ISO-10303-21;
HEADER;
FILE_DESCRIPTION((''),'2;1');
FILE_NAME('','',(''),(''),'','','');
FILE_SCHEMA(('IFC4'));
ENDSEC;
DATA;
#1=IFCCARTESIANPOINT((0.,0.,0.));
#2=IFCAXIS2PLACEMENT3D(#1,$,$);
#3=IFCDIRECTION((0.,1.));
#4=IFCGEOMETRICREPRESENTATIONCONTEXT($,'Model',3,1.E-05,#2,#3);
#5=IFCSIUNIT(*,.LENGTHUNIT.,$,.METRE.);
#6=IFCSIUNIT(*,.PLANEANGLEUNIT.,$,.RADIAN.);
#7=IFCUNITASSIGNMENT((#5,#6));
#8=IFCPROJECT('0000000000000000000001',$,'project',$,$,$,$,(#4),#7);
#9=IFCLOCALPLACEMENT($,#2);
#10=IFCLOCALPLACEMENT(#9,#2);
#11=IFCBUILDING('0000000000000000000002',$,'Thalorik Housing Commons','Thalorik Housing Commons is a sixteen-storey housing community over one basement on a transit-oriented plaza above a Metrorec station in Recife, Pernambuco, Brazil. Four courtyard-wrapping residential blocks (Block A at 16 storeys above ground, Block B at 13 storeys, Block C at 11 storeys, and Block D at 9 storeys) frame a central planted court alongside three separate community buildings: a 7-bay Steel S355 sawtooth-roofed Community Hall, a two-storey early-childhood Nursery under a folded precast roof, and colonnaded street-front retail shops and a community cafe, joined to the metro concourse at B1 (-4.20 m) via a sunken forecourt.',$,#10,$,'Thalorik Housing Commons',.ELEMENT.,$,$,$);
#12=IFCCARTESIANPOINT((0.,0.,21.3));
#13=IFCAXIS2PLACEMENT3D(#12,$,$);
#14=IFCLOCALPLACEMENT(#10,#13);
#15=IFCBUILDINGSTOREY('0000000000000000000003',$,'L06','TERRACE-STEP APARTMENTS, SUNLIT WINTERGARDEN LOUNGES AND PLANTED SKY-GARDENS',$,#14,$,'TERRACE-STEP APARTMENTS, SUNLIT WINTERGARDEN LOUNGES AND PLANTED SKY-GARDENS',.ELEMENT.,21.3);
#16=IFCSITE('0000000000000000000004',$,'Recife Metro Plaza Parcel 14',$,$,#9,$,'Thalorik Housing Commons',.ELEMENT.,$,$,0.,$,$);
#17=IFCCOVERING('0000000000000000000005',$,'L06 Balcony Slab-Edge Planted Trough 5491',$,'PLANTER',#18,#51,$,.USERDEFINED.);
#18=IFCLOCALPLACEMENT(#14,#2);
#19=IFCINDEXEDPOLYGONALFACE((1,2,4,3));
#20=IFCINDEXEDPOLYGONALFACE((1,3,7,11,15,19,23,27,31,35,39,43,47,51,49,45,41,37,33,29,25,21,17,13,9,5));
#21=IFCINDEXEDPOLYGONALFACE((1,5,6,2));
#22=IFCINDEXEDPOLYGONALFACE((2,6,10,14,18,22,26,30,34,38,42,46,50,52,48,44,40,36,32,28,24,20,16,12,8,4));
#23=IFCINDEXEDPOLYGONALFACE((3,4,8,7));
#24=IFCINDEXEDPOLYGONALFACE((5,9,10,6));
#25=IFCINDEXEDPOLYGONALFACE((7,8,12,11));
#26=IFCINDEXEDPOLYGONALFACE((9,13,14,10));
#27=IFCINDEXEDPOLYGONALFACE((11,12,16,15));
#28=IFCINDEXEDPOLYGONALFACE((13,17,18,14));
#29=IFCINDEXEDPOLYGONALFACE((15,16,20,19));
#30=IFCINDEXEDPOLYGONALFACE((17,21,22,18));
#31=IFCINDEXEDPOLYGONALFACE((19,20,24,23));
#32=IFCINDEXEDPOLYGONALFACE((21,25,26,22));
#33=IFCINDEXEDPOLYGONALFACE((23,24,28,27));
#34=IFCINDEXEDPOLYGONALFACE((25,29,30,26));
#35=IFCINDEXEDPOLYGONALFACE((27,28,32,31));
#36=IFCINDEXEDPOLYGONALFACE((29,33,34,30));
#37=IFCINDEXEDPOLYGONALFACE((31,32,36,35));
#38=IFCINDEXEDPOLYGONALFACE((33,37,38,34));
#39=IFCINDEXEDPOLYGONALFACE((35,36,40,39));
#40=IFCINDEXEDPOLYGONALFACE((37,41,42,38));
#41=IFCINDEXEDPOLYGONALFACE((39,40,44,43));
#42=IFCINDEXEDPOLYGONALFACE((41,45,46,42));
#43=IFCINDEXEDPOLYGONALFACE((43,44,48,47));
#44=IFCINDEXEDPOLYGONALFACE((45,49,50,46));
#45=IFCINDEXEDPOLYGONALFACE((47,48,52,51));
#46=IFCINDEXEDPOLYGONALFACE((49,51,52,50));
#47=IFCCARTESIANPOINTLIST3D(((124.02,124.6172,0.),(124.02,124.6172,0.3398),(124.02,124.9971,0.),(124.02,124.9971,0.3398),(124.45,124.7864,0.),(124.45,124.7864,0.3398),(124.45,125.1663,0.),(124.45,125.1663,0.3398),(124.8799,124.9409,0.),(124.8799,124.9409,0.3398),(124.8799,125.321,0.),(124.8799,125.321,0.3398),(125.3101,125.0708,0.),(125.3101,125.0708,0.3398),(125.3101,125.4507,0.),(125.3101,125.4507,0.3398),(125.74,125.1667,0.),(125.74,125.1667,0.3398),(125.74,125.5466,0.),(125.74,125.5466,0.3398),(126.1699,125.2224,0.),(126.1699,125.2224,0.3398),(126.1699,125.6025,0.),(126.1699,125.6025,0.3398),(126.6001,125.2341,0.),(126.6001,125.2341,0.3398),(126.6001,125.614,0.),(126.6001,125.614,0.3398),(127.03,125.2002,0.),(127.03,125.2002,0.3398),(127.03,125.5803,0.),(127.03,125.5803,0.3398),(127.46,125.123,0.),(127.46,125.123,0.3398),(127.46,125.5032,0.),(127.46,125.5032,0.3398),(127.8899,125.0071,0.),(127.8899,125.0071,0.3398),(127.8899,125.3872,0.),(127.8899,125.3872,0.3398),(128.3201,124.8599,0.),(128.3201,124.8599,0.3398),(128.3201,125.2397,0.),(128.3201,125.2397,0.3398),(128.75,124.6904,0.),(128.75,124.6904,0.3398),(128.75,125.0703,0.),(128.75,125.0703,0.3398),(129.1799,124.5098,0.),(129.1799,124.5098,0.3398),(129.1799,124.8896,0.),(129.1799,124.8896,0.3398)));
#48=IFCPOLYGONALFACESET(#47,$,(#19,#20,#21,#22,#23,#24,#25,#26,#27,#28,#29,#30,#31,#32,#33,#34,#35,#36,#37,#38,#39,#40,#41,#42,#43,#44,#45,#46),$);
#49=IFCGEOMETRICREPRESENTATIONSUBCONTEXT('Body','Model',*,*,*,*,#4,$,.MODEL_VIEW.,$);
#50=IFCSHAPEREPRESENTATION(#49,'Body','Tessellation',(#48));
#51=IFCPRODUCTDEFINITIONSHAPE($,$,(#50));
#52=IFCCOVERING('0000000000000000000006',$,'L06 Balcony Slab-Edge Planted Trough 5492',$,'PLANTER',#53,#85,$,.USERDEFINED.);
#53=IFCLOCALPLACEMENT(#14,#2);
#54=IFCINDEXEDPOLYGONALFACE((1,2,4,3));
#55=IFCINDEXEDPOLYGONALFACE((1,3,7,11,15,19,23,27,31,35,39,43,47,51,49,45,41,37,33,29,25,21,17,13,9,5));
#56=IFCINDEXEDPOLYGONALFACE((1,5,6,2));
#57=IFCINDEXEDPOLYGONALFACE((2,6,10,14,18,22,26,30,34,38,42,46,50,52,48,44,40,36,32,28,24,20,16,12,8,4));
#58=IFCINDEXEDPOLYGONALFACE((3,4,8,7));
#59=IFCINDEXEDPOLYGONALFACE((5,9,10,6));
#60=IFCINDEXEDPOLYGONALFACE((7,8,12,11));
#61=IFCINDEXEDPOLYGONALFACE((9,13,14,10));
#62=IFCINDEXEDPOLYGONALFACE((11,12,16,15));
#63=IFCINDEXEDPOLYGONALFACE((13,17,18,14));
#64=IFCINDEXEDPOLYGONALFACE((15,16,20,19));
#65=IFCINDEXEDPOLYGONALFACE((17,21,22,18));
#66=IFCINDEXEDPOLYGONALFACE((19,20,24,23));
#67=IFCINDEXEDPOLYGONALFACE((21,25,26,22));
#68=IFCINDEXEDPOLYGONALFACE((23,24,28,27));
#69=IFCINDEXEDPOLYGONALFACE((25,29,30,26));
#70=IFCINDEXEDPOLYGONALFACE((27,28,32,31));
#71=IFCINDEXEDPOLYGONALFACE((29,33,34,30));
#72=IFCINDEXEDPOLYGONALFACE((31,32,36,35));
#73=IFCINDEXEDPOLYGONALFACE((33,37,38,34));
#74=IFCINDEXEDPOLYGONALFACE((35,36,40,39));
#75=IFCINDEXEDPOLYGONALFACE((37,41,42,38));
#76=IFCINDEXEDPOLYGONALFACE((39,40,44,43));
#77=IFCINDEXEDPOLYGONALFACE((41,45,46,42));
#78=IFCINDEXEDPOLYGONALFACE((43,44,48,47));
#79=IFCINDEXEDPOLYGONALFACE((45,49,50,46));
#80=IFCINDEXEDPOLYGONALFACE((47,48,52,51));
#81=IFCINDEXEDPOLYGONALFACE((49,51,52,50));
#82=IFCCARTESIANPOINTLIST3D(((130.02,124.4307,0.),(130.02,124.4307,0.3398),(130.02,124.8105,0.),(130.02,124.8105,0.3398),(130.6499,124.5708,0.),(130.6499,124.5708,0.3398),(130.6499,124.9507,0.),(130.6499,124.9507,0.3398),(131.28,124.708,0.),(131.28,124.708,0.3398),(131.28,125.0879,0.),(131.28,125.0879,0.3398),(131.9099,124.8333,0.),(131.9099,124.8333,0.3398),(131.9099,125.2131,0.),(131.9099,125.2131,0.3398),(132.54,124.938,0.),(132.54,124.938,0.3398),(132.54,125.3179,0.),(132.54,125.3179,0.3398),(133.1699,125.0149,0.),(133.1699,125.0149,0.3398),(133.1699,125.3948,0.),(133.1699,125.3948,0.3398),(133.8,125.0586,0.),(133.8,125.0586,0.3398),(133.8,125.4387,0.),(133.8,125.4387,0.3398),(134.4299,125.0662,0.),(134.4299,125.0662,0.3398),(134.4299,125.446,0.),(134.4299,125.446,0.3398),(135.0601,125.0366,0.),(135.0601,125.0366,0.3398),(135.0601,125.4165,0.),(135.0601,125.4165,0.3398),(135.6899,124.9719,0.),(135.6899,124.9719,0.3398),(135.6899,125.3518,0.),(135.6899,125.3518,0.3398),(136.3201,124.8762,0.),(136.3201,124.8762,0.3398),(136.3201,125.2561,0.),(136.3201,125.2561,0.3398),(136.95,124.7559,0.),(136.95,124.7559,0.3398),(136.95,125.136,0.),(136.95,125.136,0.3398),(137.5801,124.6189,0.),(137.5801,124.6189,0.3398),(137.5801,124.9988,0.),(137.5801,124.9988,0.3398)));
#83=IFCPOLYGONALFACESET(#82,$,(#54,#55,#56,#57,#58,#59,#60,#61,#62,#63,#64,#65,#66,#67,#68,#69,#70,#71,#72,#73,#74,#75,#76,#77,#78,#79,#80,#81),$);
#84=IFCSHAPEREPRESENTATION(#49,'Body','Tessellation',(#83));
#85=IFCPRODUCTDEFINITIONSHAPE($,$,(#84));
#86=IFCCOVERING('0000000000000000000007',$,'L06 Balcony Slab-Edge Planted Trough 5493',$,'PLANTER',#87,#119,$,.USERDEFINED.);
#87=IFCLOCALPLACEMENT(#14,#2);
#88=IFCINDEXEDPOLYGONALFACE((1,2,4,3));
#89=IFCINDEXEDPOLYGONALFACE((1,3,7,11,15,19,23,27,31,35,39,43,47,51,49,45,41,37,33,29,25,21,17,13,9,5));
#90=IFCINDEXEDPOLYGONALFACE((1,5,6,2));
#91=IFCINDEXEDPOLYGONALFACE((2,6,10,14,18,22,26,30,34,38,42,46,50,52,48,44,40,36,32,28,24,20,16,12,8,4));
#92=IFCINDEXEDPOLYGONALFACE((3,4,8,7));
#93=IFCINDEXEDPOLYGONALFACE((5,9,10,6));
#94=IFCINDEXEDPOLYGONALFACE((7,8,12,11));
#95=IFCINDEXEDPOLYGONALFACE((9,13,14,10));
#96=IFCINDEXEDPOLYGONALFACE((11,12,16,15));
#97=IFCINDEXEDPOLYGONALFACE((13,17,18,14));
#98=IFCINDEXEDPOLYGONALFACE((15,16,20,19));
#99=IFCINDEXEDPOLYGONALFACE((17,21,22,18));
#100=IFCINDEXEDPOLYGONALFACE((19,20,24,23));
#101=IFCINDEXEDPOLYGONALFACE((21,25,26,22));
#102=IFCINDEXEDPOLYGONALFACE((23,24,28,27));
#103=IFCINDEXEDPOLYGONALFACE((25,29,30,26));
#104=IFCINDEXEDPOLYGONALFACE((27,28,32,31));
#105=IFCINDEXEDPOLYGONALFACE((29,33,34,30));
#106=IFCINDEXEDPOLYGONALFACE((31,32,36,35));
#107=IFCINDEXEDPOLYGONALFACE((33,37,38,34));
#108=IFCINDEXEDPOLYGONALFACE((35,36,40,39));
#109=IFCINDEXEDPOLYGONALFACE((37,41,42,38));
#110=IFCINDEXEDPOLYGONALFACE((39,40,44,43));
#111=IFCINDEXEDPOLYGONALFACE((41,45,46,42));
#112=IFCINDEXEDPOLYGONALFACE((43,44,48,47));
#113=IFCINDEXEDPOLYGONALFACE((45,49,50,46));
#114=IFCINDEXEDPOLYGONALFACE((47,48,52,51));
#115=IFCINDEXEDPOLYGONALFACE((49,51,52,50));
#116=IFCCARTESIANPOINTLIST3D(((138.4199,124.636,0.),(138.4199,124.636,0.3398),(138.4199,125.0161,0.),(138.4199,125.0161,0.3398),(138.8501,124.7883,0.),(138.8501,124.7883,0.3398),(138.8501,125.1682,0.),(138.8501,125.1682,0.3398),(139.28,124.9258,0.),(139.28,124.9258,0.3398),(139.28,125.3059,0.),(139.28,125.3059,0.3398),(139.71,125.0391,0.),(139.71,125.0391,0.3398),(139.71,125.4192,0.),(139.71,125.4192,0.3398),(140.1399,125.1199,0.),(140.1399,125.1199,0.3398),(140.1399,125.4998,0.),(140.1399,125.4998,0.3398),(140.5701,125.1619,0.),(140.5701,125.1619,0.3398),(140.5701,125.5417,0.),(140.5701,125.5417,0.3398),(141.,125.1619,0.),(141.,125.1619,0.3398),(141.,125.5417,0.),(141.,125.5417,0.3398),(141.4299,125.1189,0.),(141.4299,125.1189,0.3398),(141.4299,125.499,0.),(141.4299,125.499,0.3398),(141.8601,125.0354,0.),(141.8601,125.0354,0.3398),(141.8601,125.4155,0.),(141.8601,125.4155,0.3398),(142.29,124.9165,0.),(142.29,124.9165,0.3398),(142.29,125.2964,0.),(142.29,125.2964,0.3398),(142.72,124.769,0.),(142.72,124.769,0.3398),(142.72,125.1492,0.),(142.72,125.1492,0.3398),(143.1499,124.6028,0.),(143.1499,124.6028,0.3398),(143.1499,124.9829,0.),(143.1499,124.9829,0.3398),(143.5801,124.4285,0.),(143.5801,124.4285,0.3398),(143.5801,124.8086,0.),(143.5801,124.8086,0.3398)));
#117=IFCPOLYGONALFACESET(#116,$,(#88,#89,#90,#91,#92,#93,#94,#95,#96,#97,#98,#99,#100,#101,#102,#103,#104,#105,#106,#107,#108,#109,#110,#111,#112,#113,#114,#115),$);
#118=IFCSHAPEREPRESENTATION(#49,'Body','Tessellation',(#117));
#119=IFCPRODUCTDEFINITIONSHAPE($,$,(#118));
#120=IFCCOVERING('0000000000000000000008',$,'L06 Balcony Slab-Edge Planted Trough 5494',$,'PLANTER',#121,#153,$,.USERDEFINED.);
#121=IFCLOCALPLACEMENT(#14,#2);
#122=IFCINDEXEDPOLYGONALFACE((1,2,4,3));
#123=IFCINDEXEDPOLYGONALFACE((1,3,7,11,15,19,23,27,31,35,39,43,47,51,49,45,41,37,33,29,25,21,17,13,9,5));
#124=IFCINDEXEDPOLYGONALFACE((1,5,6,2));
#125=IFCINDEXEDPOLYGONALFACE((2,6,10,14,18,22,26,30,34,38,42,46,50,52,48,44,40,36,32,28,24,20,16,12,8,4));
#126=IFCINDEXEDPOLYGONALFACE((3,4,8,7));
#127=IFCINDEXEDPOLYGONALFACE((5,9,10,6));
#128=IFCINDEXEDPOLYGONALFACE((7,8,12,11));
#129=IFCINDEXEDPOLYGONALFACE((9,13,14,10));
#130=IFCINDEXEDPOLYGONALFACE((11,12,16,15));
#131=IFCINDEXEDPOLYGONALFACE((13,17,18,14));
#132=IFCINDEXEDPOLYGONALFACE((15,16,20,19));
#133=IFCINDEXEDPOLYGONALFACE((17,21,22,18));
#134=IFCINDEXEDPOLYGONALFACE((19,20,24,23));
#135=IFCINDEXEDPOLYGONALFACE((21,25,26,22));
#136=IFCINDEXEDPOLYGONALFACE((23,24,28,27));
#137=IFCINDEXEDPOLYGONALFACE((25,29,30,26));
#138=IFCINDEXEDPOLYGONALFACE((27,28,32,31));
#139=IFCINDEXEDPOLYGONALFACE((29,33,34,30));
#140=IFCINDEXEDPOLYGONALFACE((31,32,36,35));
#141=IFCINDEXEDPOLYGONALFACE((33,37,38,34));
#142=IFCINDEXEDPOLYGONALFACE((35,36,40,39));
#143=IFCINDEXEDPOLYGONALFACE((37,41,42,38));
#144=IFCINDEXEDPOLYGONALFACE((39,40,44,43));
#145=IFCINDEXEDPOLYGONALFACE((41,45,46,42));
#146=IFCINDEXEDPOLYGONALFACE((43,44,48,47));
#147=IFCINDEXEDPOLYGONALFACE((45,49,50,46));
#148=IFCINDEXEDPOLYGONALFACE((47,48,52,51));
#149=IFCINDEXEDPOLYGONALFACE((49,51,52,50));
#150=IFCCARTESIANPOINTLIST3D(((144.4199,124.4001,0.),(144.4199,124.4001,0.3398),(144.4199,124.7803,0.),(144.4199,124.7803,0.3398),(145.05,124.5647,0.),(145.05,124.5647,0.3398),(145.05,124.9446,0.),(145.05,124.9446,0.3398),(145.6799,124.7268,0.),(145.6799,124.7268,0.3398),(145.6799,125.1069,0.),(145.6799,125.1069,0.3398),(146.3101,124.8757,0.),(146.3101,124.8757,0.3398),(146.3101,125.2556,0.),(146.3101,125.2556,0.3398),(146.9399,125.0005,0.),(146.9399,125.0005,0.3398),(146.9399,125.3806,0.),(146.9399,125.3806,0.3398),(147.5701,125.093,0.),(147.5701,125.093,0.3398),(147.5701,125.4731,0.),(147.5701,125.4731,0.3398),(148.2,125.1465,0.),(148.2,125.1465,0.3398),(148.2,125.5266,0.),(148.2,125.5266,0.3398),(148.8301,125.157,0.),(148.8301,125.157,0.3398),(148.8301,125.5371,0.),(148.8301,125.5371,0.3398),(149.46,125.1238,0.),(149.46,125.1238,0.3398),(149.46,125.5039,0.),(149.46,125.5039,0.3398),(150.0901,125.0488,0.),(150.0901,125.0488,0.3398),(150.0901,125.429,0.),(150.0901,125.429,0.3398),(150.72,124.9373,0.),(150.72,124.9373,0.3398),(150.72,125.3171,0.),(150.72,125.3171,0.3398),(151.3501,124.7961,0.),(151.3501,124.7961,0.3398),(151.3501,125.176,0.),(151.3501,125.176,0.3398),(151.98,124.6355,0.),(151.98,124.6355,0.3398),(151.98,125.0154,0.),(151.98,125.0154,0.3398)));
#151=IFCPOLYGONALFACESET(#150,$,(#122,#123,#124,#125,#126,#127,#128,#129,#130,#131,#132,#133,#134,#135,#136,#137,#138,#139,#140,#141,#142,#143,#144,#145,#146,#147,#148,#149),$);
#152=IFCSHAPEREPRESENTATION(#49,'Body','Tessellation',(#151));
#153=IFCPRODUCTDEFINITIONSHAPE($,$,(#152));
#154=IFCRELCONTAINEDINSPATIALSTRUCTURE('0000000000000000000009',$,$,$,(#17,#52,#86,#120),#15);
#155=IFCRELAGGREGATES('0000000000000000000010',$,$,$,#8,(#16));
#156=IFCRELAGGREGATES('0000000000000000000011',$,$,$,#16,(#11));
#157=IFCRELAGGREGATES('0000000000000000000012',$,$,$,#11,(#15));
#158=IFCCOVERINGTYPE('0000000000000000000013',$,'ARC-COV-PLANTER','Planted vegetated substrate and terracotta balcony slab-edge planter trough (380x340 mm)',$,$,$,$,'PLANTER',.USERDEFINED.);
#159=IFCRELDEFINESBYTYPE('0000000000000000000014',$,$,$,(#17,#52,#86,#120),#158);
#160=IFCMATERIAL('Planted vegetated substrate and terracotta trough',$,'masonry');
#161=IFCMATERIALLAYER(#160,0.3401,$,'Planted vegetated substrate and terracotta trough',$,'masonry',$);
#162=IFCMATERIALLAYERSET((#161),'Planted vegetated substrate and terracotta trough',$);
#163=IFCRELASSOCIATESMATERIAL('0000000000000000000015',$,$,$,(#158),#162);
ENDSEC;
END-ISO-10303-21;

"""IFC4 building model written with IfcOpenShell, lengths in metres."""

from ifc_helpers import new_model, si_unit, direction, frame, origin, place, context, subcontext, project, spatial, polyline, outline, extrude, material, layer, layer_set, type_object, element, save


model = new_model("IFC4")

# Units and contexts
model_context = context("Model", 3, precision=1e-05, world=origin(), true_north=direction((0.0, 1.0)))
body_context = subcontext(model_context, "Body", "Model", "MODEL_VIEW")
ifc_project = project(units=[si_unit("LENGTHUNIT", "METRE"), si_unit("PLANEANGLEUNIT", "RADIAN")], contexts=[model_context])

# Site, building, storey
site_placement = place(None, origin())
site = spatial("IfcSite", under=ifc_project, at=site_placement, Name="Recife Metro Plaza Parcel 14", LongName="Thalorik Housing Commons", CompositionType="ELEMENT", RefElevation=0.0)
building_placement = place(site_placement, origin())
building = spatial("IfcBuilding", under=site, at=building_placement, Name="Thalorik Housing Commons", Description="Thalorik Housing Commons is a sixteen-storey housing community over one basement on a transit-oriented plaza above a Metrorec station in Recife, Pernambuco, Brazil. Four courtyard-wrapping residential blocks (Block A at 16 storeys above ground, Block B at 13 storeys, Block C at 11 storeys, and Block D at 9 storeys) frame a central planted court alongside three separate community buildings: a 7-bay Steel S355 sawtooth-roofed Community Hall, a two-storey early-childhood Nursery under a folded precast roof, and colonnaded street-front retail shops and a community cafe, joined to the metro concourse at B1 (-4.20 m) via a sunken forecourt.", LongName="Thalorik Housing Commons", CompositionType="ELEMENT")
storey_placement = place(building_placement, frame((0.0, 0.0, 21.3)))
storey = spatial("IfcBuildingStorey", under=building, at=storey_placement, Name="L06", Description="TERRACE-STEP APARTMENTS, SUNLIT WINTERGARDEN LOUNGES AND PLANTED SKY-GARDENS", LongName="TERRACE-STEP APARTMENTS, SUNLIT WINTERGARDEN LOUNGES AND PLANTED SKY-GARDENS", CompositionType="ELEMENT", Elevation=21.3)

# Coverings
ifc_material = material(Name="Planted vegetated substrate and terracotta trough", Category="masonry")
ifc_layer = layer(ifc_material, 0.3401, Name="Planted vegetated substrate and terracotta trough", Category="masonry")
ifc_layer_set = layer_set([ifc_layer], Name="Planted vegetated substrate and terracotta trough")
covering_type = type_object("IfcCoveringType", Name="ARC-COV-PLANTER", Description="Planted vegetated substrate and terracotta balcony slab-edge planter trough (380x340 mm)", ElementType="PLANTER", PredefinedType="USERDEFINED", material=ifc_layer_set)
covering_1_placement = place(storey_placement, origin())
element("IfcCovering", 1, at=covering_1_placement, inside=storey, type_object=covering_type, Name="L06 Balcony Slab-Edge Planted Trough 5491", ObjectType="PLANTER", PredefinedType="USERDEFINED", context=body_context, shape_type="SweptSolid", body=[
    extrude(outline(polyline([(129.1799, 124.8896), (128.75, 125.0703), (128.3201, 125.2397), (127.8899, 125.3872), (127.46, 125.5032), (127.03, 125.5803), (126.6001, 125.614), (126.1699, 125.6025), (125.74, 125.5466), (125.3101, 125.4507), (124.8799, 125.321), (124.45, 125.1663), (124.02, 124.9971), (124.02, 124.6172), (124.45, 124.7864), (124.8799, 124.9409), (125.3101, 125.0708), (125.74, 125.1667), (126.1699, 125.2224), (126.6001, 125.2341), (127.03, 125.2002), (127.46, 125.123), (127.8899, 125.0071), (128.3201, 124.8599), (128.75, 124.6904), (129.1799, 124.5098), (129.1799, 124.8896)])), origin(), (0.0, 0.0, 1.0), 0.3398),
])
covering_2_placement = place(storey_placement, origin())
element("IfcCovering", 2, at=covering_2_placement, inside=storey, type_object=covering_type, Name="L06 Balcony Slab-Edge Planted Trough 5492", ObjectType="PLANTER", PredefinedType="USERDEFINED", context=body_context, shape_type="SweptSolid", body=[
    extrude(outline(polyline([(137.5801, 124.9988), (136.95, 125.136), (136.3201, 125.2561), (135.6899, 125.3518), (135.0601, 125.4165), (134.4299, 125.446), (133.8, 125.4387), (133.1699, 125.3948), (132.54, 125.3179), (131.9099, 125.2131), (131.28, 125.0879), (130.6499, 124.9507), (130.02, 124.8105), (130.02, 124.4307), (130.6499, 124.5708), (131.28, 124.708), (131.9099, 124.8333), (132.54, 124.938), (133.1699, 125.0149), (133.8, 125.0586), (134.4299, 125.0662), (135.0601, 125.0366), (135.6899, 124.9719), (136.3201, 124.8762), (136.95, 124.7559), (137.5801, 124.6189), (137.5801, 124.9988)])), origin(), (0.0, 0.0, 1.0), 0.3398),
])
covering_3_placement = place(storey_placement, origin())
element("IfcCovering", 3, at=covering_3_placement, inside=storey, type_object=covering_type, Name="L06 Balcony Slab-Edge Planted Trough 5493", ObjectType="PLANTER", PredefinedType="USERDEFINED", context=body_context, shape_type="SweptSolid", body=[
    extrude(outline(polyline([(143.5801, 124.8086), (143.1499, 124.9829), (142.72, 125.1492), (142.29, 125.2964), (141.8601, 125.4155), (141.4299, 125.499), (141.0, 125.5417), (140.5701, 125.5417), (140.1399, 125.4998), (139.71, 125.4192), (139.28, 125.3059), (138.8501, 125.1682), (138.4199, 125.0161), (138.4199, 124.636), (138.8501, 124.7883), (139.28, 124.9258), (139.71, 125.0391), (140.1399, 125.1199), (140.5701, 125.1619), (141.0, 125.1619), (141.4299, 125.1189), (141.8601, 125.0354), (142.29, 124.9165), (142.72, 124.769), (143.1499, 124.6028), (143.5801, 124.4285), (143.5801, 124.8086)])), origin(), (0.0, 0.0, 1.0), 0.3398),
])
covering_4_placement = place(storey_placement, origin())
element("IfcCovering", 4, at=covering_4_placement, inside=storey, type_object=covering_type, Name="L06 Balcony Slab-Edge Planted Trough 5494", ObjectType="PLANTER", PredefinedType="USERDEFINED", context=body_context, shape_type="SweptSolid", body=[
    extrude(outline(polyline([(151.98, 125.0154), (151.3501, 125.176), (150.72, 125.3171), (150.0901, 125.429), (149.46, 125.5039), (148.8301, 125.5371), (148.2, 125.5266), (147.5701, 125.4731), (146.9399, 125.3806), (146.3101, 125.2556), (145.6799, 125.1069), (145.05, 124.9446), (144.4199, 124.7803), (144.4199, 124.4001), (145.05, 124.5647), (145.6799, 124.7268), (146.3101, 124.8757), (146.9399, 125.0005), (147.5701, 125.093), (148.2, 125.1465), (148.8301, 125.157), (149.46, 125.1238), (150.0901, 125.0488), (150.72, 124.9373), (151.3501, 124.7961), (151.98, 124.6355), (151.98, 125.0154)])), origin(), (0.0, 0.0, 1.0), 0.3398),
])

save(model, "model.ifc")
